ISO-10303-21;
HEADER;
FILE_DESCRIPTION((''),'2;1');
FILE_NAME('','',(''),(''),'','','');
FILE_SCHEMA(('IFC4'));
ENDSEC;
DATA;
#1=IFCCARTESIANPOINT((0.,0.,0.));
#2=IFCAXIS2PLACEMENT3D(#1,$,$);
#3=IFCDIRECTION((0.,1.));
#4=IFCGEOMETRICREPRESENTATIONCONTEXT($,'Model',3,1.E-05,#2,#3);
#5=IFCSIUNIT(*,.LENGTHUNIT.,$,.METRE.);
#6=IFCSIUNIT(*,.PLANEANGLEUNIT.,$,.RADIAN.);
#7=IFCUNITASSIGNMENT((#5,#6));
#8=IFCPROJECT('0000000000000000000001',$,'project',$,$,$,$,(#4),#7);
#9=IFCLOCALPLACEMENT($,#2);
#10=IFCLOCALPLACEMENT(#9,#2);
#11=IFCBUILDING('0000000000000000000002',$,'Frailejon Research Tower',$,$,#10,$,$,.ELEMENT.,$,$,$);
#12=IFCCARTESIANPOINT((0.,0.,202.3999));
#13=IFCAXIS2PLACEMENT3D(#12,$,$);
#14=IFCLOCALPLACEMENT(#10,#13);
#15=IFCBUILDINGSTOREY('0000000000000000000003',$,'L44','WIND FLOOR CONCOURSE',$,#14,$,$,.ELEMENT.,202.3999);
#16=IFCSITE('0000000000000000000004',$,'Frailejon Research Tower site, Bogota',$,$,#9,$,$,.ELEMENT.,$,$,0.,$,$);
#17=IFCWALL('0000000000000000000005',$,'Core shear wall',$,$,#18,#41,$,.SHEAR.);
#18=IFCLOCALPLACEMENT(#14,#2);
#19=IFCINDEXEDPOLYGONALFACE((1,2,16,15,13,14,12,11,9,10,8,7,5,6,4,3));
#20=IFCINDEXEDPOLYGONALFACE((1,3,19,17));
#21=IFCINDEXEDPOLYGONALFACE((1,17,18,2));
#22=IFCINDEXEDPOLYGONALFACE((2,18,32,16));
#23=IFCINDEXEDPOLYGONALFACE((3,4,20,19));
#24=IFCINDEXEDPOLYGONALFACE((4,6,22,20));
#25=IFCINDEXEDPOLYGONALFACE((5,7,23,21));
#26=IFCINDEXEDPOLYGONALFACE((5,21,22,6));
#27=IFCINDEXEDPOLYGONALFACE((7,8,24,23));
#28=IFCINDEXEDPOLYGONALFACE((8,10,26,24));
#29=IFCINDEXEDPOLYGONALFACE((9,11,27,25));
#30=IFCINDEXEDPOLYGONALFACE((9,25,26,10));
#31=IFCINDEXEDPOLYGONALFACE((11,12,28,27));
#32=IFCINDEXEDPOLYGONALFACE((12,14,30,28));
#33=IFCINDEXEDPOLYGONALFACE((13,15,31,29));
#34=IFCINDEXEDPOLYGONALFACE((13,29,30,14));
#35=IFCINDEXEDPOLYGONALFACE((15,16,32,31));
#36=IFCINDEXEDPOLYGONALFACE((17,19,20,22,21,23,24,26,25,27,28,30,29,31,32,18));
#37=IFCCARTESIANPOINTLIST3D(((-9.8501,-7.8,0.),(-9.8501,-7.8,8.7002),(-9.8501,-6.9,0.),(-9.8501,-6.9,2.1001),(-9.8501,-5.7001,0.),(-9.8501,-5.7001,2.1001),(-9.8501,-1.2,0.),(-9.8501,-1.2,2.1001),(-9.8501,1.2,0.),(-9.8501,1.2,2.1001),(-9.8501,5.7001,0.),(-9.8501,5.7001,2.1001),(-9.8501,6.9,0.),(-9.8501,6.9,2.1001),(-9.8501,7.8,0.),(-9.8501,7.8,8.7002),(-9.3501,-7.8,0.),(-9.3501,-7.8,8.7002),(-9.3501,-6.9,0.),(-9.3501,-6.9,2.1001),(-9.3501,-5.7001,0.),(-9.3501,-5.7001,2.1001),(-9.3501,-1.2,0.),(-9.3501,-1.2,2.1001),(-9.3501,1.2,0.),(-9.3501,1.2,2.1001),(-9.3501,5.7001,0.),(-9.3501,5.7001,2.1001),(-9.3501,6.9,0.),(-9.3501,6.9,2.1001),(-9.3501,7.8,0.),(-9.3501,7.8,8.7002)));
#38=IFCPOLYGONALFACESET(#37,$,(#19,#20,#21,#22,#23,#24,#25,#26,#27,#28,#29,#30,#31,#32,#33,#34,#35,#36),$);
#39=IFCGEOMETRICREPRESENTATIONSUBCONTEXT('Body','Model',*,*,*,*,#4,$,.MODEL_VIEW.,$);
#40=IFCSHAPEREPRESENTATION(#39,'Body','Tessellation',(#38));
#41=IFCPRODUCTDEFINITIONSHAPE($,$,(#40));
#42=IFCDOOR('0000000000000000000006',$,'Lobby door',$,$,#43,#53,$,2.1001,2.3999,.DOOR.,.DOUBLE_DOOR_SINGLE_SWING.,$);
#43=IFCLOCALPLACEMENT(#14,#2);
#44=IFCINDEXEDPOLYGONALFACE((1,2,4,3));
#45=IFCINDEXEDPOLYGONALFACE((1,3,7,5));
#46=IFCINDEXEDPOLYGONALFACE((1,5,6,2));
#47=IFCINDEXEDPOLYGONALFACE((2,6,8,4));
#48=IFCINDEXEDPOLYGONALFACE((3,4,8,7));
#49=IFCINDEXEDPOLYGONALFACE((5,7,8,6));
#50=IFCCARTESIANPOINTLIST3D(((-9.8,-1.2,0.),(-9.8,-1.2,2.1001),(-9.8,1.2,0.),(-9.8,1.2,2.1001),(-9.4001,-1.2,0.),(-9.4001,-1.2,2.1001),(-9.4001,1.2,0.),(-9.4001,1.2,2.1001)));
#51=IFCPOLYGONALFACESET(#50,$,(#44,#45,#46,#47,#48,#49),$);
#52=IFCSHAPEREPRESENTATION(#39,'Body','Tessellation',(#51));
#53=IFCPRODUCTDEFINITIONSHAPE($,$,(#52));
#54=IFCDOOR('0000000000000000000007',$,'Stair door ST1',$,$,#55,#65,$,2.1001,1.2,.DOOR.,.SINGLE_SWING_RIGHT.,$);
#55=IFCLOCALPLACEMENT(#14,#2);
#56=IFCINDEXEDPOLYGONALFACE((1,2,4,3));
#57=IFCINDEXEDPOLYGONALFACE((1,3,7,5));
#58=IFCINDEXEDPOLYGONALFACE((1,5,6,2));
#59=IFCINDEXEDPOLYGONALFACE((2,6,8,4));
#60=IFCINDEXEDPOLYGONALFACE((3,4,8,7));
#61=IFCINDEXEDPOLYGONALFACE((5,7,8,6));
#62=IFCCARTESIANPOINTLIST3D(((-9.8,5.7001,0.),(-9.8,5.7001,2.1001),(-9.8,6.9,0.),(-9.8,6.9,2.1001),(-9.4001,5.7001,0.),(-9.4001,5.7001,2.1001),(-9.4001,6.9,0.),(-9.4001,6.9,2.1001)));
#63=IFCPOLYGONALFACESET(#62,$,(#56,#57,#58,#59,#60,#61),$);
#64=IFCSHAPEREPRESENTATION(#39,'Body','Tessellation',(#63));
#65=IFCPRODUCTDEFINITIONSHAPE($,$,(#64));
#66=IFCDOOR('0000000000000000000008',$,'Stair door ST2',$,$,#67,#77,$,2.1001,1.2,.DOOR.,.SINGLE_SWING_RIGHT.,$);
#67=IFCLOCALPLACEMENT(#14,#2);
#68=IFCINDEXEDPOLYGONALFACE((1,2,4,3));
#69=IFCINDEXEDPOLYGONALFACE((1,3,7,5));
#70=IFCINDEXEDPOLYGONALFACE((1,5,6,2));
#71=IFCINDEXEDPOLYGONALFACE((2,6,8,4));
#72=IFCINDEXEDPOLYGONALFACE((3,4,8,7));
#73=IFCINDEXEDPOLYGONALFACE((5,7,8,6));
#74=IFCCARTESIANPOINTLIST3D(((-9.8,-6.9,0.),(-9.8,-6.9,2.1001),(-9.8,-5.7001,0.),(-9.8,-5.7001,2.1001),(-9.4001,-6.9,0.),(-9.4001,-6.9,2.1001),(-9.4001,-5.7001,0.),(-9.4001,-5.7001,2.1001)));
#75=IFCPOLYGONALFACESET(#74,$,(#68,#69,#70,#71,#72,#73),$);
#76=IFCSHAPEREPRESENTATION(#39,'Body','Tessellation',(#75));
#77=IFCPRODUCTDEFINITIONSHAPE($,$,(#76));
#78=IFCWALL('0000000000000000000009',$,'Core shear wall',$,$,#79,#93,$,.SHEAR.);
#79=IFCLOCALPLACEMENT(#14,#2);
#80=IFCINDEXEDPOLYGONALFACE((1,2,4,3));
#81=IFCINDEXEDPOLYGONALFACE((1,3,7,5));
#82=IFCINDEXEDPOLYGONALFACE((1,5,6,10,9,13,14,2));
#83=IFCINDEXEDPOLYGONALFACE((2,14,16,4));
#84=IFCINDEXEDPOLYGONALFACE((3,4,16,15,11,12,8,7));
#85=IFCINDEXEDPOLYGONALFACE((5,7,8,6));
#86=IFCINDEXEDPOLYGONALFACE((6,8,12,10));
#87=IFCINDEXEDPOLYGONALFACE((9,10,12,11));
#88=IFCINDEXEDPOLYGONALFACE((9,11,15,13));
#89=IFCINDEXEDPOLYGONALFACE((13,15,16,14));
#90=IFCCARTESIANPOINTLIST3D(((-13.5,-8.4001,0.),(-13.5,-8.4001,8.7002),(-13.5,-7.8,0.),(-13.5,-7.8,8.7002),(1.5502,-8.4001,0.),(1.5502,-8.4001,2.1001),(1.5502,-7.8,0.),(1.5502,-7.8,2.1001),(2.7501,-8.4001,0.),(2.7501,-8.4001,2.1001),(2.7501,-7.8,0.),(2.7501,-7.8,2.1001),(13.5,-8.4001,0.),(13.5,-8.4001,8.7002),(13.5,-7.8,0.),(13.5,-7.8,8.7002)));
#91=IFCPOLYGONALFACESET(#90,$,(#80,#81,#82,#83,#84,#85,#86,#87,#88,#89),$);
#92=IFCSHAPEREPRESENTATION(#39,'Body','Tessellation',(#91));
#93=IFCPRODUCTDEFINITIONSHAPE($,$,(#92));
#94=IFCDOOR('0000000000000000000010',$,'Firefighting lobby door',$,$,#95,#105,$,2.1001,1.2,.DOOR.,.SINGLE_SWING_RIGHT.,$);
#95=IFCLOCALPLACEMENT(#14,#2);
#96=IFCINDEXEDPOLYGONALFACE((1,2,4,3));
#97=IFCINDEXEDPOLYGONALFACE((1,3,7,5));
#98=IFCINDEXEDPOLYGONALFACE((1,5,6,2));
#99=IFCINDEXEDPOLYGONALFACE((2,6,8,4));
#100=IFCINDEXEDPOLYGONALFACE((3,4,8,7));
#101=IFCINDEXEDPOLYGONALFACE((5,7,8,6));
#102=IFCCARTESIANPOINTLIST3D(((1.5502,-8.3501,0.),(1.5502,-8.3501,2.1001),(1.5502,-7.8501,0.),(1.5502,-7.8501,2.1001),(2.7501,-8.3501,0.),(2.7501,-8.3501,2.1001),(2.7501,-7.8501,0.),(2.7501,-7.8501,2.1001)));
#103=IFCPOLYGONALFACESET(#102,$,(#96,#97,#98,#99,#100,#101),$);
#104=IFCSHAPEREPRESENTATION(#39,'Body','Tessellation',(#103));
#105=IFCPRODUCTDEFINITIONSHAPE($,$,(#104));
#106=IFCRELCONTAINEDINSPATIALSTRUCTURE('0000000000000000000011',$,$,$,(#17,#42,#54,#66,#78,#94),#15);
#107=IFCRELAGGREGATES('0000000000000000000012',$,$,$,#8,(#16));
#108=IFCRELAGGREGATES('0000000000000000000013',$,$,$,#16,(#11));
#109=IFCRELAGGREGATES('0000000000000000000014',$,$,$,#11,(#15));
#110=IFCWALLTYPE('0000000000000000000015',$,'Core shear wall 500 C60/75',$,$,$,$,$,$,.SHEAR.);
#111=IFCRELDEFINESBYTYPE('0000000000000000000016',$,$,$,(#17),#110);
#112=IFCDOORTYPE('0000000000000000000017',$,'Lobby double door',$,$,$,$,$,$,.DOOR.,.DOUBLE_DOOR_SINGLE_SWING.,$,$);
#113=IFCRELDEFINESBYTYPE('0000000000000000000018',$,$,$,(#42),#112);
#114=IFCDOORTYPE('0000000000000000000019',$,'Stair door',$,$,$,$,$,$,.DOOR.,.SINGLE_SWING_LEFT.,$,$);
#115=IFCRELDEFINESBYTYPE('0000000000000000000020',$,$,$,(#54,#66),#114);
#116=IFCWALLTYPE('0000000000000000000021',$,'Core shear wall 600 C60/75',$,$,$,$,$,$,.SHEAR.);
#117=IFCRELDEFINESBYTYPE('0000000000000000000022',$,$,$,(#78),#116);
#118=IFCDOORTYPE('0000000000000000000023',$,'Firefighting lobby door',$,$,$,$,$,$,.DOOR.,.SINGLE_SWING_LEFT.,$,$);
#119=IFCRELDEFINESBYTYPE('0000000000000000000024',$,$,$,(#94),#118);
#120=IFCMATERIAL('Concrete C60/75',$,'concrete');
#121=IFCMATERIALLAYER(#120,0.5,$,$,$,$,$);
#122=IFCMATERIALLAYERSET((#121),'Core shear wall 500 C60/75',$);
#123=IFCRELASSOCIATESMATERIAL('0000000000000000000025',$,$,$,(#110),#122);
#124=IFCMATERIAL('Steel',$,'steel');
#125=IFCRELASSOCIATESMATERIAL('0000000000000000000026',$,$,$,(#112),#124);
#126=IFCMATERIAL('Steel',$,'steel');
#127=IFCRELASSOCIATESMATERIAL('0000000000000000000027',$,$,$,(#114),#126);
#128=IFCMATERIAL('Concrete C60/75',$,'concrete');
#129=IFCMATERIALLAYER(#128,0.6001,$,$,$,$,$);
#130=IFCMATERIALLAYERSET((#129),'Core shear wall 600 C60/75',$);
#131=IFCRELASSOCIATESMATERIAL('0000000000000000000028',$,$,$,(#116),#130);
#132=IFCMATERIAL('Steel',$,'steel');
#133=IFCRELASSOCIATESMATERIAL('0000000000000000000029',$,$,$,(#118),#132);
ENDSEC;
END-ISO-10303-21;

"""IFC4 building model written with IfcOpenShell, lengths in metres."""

from ifc_helpers import new_model, si_unit, direction, frame, frame_2d, origin, place, context, subcontext, project, spatial, rectangle, extrude, material, layer, layer_set, type_object, element, fill, save


model = new_model("IFC4")

# Units and contexts
model_context = context("Model", 3, precision=1e-05, world=origin(), true_north=direction((0.0, 1.0)))
body_context = subcontext(model_context, "Body", "Model", "MODEL_VIEW")
ifc_project = project(units=[si_unit("LENGTHUNIT", "METRE"), si_unit("PLANEANGLEUNIT", "RADIAN")], contexts=[model_context])

# Site, building, storey
site_placement = place(None, origin())
site = spatial("IfcSite", under=ifc_project, at=site_placement, Name="Frailejon Research Tower site, Bogota", CompositionType="ELEMENT", RefElevation=0.0)
building_placement = place(site_placement, origin())
building = spatial("IfcBuilding", under=site, at=building_placement, Name="Frailejon Research Tower", CompositionType="ELEMENT")
storey_placement = place(building_placement, frame((0.0, 0.0, 202.3999)))
storey = spatial("IfcBuildingStorey", under=building, at=storey_placement, Name="L44", Description="WIND FLOOR CONCOURSE", CompositionType="ELEMENT", Elevation=202.3999)

# Wall, openings, doors
ifc_material_1 = material(Name="Concrete C60/75", Category="concrete")
ifc_layer_1 = layer(ifc_material_1, 0.5)
ifc_layer_set_1 = layer_set([ifc_layer_1], Name="Core shear wall 500 C60/75")
wall_type_1 = type_object("IfcWallType", Name="Core shear wall 500 C60/75", PredefinedType="SHEAR", material=ifc_layer_set_1)
wall_1_placement = place(storey_placement, frame((-9.6001, -7.8, 0.0), z_axis=(0.0, 0.0, 1.0), x_axis=(0.0, 1.0, 0.0)))
wall_1 = element("IfcWall", 1, at=wall_1_placement, inside=storey, type_object=wall_type_1, Name="Core shear wall", PredefinedType="SHEAR", context=body_context, shape_type="SweptSolid", body=[
    extrude(rectangle(XDim=15.6001, YDim=0.5, at=frame_2d((7.8, 0.0))), origin(), (0.0, 0.0, 1.0), 8.7002),
])
opening_1_placement = place(wall_1_placement, frame((6.6001, 0.0, 0.0)))
opening_1 = element("IfcOpeningElement", 2, at=opening_1_placement, cuts=wall_1, PredefinedType="OPENING", context=body_context, shape_type="SweptSolid", body=[
    extrude(rectangle(XDim=2.3999, YDim=2.1001, at=frame_2d((1.2, 1.05))), frame((0.0, 0.26, 0.0), z_axis=(0.0, -1.0, 0.0), x_axis=(1.0, 0.0, 0.0)), (0.0, 0.0, 1.0), 0.52),
])
opening_2_placement = place(wall_1_placement, frame((13.5, 0.0, 0.0)))
opening_2 = element("IfcOpeningElement", 3, at=opening_2_placement, cuts=wall_1, PredefinedType="OPENING", context=body_context, shape_type="SweptSolid", body=[
    extrude(rectangle(XDim=1.2, YDim=2.1001, at=frame_2d((0.6001, 1.05))), frame((0.0, 0.26, 0.0), z_axis=(0.0, -1.0, 0.0), x_axis=(1.0, 0.0, 0.0)), (0.0, 0.0, 1.0), 0.52),
])
opening_3_placement = place(wall_1_placement, frame((0.8999, 0.0, 0.0)))
opening_3 = element("IfcOpeningElement", 4, at=opening_3_placement, cuts=wall_1, PredefinedType="OPENING", context=body_context, shape_type="SweptSolid", body=[
    extrude(rectangle(XDim=1.2, YDim=2.1001, at=frame_2d((0.6001, 1.05))), frame((0.0, 0.26, 0.0), z_axis=(0.0, -1.0, 0.0), x_axis=(1.0, 0.0, 0.0)), (0.0, 0.0, 1.0), 0.52),
])
ifc_material_2 = material(Name="Steel", Category="steel")
door_type_1 = type_object("IfcDoorType", Name="Lobby double door", OperationType="DOUBLE_DOOR_SINGLE_SWING", PredefinedType="DOOR", material=ifc_material_2)
door_1_placement = place(opening_1_placement, origin())
door_1 = element("IfcDoor", 5, at=door_1_placement, inside=storey, type_object=door_type_1, Name="Lobby door", OperationType="DOUBLE_DOOR_SINGLE_SWING", OverallHeight=2.1001, OverallWidth=2.3999, PredefinedType="DOOR", context=body_context, shape_type="SweptSolid", body=[
    extrude(rectangle(XDim=2.3999, YDim=2.1001, at=frame_2d((1.2, 1.05))), frame((0.0, 0.2, 0.0), z_axis=(0.0, -1.0, 0.0), x_axis=(1.0, 0.0, 0.0)), (0.0, 0.0, 1.0), 0.3999),
])
fill(opening_1, door_1)
ifc_material_3 = material(Name="Steel", Category="steel")
door_type_2 = type_object("IfcDoorType", Name="Stair door", OperationType="SINGLE_SWING_LEFT", PredefinedType="DOOR", material=ifc_material_3)
door_2_placement = place(opening_2_placement, origin())
door_2 = element("IfcDoor", 6, at=door_2_placement, inside=storey, type_object=door_type_2, Name="Stair door ST1", OperationType="SINGLE_SWING_RIGHT", OverallHeight=2.1001, OverallWidth=1.2, PredefinedType="DOOR", context=body_context, shape_type="SweptSolid", body=[
    extrude(rectangle(XDim=1.2, YDim=2.1001, at=frame_2d((0.6001, 1.05))), frame((0.0, 0.2, 0.0), z_axis=(0.0, -1.0, 0.0), x_axis=(1.0, 0.0, 0.0)), (0.0, 0.0, 1.0), 0.3999),
])
fill(opening_2, door_2)
door_3_placement = place(opening_3_placement, origin())
door_3 = element("IfcDoor", 7, at=door_3_placement, inside=storey, type_object=door_type_2, Name="Stair door ST2", OperationType="SINGLE_SWING_RIGHT", OverallHeight=2.1001, OverallWidth=1.2, PredefinedType="DOOR", context=body_context, shape_type="SweptSolid", body=[
    extrude(rectangle(XDim=1.2, YDim=2.1001, at=frame_2d((0.6001, 1.05))), frame((0.0, 0.2, 0.0), z_axis=(0.0, -1.0, 0.0), x_axis=(1.0, 0.0, 0.0)), (0.0, 0.0, 1.0), 0.3999),
])
fill(opening_3, door_3)

# Wall, opening, door
ifc_material_4 = material(Name="Concrete C60/75", Category="concrete")
ifc_layer_2 = layer(ifc_material_4, 0.6001)
ifc_layer_set_2 = layer_set([ifc_layer_2], Name="Core shear wall 600 C60/75")
wall_type_2 = type_object("IfcWallType", Name="Core shear wall 600 C60/75", PredefinedType="SHEAR", material=ifc_layer_set_2)
wall_2_placement = place(storey_placement, frame((-13.5, -8.1001, 0.0), z_axis=(0.0, 0.0, 1.0), x_axis=(1.0, 0.0, 0.0)))
wall_2 = element("IfcWall", 8, at=wall_2_placement, inside=storey, type_object=wall_type_2, Name="Core shear wall", PredefinedType="SHEAR", context=body_context, shape_type="SweptSolid", body=[
    extrude(rectangle(XDim=27.0, YDim=0.6001, at=frame_2d((13.5, 0.0))), origin(), (0.0, 0.0, 1.0), 8.7002),
])
opening_4_placement = place(wall_2_placement, frame((15.05, 0.0, 0.0)))
opening_4 = element("IfcOpeningElement", 9, at=opening_4_placement, cuts=wall_2, PredefinedType="OPENING", context=body_context, shape_type="SweptSolid", body=[
    extrude(rectangle(XDim=1.2, YDim=2.1001, at=frame_2d((0.6001, 1.05))), frame((0.0, 0.3101, 0.0), z_axis=(0.0, -1.0, 0.0), x_axis=(1.0, 0.0, 0.0)), (0.0, 0.0, 1.0), 0.6201),
])
ifc_material_5 = material(Name="Steel", Category="steel")
door_type_3 = type_object("IfcDoorType", Name="Firefighting lobby door", OperationType="SINGLE_SWING_LEFT", PredefinedType="DOOR", material=ifc_material_5)
door_4_placement = place(opening_4_placement, origin())
door_4 = element("IfcDoor", 10, at=door_4_placement, inside=storey, type_object=door_type_3, Name="Firefighting lobby door", OperationType="SINGLE_SWING_RIGHT", OverallHeight=2.1001, OverallWidth=1.2, PredefinedType="DOOR", context=body_context, shape_type="SweptSolid", body=[
    extrude(rectangle(XDim=1.2, YDim=2.1001, at=frame_2d((0.6001, 1.05))), frame((0.0, 0.25, 0.0), z_axis=(0.0, -1.0, 0.0), x_axis=(1.0, 0.0, 0.0)), (0.0, 0.0, 1.0), 0.5),
])
fill(opening_4, door_4)

save(model, "model.ifc")
